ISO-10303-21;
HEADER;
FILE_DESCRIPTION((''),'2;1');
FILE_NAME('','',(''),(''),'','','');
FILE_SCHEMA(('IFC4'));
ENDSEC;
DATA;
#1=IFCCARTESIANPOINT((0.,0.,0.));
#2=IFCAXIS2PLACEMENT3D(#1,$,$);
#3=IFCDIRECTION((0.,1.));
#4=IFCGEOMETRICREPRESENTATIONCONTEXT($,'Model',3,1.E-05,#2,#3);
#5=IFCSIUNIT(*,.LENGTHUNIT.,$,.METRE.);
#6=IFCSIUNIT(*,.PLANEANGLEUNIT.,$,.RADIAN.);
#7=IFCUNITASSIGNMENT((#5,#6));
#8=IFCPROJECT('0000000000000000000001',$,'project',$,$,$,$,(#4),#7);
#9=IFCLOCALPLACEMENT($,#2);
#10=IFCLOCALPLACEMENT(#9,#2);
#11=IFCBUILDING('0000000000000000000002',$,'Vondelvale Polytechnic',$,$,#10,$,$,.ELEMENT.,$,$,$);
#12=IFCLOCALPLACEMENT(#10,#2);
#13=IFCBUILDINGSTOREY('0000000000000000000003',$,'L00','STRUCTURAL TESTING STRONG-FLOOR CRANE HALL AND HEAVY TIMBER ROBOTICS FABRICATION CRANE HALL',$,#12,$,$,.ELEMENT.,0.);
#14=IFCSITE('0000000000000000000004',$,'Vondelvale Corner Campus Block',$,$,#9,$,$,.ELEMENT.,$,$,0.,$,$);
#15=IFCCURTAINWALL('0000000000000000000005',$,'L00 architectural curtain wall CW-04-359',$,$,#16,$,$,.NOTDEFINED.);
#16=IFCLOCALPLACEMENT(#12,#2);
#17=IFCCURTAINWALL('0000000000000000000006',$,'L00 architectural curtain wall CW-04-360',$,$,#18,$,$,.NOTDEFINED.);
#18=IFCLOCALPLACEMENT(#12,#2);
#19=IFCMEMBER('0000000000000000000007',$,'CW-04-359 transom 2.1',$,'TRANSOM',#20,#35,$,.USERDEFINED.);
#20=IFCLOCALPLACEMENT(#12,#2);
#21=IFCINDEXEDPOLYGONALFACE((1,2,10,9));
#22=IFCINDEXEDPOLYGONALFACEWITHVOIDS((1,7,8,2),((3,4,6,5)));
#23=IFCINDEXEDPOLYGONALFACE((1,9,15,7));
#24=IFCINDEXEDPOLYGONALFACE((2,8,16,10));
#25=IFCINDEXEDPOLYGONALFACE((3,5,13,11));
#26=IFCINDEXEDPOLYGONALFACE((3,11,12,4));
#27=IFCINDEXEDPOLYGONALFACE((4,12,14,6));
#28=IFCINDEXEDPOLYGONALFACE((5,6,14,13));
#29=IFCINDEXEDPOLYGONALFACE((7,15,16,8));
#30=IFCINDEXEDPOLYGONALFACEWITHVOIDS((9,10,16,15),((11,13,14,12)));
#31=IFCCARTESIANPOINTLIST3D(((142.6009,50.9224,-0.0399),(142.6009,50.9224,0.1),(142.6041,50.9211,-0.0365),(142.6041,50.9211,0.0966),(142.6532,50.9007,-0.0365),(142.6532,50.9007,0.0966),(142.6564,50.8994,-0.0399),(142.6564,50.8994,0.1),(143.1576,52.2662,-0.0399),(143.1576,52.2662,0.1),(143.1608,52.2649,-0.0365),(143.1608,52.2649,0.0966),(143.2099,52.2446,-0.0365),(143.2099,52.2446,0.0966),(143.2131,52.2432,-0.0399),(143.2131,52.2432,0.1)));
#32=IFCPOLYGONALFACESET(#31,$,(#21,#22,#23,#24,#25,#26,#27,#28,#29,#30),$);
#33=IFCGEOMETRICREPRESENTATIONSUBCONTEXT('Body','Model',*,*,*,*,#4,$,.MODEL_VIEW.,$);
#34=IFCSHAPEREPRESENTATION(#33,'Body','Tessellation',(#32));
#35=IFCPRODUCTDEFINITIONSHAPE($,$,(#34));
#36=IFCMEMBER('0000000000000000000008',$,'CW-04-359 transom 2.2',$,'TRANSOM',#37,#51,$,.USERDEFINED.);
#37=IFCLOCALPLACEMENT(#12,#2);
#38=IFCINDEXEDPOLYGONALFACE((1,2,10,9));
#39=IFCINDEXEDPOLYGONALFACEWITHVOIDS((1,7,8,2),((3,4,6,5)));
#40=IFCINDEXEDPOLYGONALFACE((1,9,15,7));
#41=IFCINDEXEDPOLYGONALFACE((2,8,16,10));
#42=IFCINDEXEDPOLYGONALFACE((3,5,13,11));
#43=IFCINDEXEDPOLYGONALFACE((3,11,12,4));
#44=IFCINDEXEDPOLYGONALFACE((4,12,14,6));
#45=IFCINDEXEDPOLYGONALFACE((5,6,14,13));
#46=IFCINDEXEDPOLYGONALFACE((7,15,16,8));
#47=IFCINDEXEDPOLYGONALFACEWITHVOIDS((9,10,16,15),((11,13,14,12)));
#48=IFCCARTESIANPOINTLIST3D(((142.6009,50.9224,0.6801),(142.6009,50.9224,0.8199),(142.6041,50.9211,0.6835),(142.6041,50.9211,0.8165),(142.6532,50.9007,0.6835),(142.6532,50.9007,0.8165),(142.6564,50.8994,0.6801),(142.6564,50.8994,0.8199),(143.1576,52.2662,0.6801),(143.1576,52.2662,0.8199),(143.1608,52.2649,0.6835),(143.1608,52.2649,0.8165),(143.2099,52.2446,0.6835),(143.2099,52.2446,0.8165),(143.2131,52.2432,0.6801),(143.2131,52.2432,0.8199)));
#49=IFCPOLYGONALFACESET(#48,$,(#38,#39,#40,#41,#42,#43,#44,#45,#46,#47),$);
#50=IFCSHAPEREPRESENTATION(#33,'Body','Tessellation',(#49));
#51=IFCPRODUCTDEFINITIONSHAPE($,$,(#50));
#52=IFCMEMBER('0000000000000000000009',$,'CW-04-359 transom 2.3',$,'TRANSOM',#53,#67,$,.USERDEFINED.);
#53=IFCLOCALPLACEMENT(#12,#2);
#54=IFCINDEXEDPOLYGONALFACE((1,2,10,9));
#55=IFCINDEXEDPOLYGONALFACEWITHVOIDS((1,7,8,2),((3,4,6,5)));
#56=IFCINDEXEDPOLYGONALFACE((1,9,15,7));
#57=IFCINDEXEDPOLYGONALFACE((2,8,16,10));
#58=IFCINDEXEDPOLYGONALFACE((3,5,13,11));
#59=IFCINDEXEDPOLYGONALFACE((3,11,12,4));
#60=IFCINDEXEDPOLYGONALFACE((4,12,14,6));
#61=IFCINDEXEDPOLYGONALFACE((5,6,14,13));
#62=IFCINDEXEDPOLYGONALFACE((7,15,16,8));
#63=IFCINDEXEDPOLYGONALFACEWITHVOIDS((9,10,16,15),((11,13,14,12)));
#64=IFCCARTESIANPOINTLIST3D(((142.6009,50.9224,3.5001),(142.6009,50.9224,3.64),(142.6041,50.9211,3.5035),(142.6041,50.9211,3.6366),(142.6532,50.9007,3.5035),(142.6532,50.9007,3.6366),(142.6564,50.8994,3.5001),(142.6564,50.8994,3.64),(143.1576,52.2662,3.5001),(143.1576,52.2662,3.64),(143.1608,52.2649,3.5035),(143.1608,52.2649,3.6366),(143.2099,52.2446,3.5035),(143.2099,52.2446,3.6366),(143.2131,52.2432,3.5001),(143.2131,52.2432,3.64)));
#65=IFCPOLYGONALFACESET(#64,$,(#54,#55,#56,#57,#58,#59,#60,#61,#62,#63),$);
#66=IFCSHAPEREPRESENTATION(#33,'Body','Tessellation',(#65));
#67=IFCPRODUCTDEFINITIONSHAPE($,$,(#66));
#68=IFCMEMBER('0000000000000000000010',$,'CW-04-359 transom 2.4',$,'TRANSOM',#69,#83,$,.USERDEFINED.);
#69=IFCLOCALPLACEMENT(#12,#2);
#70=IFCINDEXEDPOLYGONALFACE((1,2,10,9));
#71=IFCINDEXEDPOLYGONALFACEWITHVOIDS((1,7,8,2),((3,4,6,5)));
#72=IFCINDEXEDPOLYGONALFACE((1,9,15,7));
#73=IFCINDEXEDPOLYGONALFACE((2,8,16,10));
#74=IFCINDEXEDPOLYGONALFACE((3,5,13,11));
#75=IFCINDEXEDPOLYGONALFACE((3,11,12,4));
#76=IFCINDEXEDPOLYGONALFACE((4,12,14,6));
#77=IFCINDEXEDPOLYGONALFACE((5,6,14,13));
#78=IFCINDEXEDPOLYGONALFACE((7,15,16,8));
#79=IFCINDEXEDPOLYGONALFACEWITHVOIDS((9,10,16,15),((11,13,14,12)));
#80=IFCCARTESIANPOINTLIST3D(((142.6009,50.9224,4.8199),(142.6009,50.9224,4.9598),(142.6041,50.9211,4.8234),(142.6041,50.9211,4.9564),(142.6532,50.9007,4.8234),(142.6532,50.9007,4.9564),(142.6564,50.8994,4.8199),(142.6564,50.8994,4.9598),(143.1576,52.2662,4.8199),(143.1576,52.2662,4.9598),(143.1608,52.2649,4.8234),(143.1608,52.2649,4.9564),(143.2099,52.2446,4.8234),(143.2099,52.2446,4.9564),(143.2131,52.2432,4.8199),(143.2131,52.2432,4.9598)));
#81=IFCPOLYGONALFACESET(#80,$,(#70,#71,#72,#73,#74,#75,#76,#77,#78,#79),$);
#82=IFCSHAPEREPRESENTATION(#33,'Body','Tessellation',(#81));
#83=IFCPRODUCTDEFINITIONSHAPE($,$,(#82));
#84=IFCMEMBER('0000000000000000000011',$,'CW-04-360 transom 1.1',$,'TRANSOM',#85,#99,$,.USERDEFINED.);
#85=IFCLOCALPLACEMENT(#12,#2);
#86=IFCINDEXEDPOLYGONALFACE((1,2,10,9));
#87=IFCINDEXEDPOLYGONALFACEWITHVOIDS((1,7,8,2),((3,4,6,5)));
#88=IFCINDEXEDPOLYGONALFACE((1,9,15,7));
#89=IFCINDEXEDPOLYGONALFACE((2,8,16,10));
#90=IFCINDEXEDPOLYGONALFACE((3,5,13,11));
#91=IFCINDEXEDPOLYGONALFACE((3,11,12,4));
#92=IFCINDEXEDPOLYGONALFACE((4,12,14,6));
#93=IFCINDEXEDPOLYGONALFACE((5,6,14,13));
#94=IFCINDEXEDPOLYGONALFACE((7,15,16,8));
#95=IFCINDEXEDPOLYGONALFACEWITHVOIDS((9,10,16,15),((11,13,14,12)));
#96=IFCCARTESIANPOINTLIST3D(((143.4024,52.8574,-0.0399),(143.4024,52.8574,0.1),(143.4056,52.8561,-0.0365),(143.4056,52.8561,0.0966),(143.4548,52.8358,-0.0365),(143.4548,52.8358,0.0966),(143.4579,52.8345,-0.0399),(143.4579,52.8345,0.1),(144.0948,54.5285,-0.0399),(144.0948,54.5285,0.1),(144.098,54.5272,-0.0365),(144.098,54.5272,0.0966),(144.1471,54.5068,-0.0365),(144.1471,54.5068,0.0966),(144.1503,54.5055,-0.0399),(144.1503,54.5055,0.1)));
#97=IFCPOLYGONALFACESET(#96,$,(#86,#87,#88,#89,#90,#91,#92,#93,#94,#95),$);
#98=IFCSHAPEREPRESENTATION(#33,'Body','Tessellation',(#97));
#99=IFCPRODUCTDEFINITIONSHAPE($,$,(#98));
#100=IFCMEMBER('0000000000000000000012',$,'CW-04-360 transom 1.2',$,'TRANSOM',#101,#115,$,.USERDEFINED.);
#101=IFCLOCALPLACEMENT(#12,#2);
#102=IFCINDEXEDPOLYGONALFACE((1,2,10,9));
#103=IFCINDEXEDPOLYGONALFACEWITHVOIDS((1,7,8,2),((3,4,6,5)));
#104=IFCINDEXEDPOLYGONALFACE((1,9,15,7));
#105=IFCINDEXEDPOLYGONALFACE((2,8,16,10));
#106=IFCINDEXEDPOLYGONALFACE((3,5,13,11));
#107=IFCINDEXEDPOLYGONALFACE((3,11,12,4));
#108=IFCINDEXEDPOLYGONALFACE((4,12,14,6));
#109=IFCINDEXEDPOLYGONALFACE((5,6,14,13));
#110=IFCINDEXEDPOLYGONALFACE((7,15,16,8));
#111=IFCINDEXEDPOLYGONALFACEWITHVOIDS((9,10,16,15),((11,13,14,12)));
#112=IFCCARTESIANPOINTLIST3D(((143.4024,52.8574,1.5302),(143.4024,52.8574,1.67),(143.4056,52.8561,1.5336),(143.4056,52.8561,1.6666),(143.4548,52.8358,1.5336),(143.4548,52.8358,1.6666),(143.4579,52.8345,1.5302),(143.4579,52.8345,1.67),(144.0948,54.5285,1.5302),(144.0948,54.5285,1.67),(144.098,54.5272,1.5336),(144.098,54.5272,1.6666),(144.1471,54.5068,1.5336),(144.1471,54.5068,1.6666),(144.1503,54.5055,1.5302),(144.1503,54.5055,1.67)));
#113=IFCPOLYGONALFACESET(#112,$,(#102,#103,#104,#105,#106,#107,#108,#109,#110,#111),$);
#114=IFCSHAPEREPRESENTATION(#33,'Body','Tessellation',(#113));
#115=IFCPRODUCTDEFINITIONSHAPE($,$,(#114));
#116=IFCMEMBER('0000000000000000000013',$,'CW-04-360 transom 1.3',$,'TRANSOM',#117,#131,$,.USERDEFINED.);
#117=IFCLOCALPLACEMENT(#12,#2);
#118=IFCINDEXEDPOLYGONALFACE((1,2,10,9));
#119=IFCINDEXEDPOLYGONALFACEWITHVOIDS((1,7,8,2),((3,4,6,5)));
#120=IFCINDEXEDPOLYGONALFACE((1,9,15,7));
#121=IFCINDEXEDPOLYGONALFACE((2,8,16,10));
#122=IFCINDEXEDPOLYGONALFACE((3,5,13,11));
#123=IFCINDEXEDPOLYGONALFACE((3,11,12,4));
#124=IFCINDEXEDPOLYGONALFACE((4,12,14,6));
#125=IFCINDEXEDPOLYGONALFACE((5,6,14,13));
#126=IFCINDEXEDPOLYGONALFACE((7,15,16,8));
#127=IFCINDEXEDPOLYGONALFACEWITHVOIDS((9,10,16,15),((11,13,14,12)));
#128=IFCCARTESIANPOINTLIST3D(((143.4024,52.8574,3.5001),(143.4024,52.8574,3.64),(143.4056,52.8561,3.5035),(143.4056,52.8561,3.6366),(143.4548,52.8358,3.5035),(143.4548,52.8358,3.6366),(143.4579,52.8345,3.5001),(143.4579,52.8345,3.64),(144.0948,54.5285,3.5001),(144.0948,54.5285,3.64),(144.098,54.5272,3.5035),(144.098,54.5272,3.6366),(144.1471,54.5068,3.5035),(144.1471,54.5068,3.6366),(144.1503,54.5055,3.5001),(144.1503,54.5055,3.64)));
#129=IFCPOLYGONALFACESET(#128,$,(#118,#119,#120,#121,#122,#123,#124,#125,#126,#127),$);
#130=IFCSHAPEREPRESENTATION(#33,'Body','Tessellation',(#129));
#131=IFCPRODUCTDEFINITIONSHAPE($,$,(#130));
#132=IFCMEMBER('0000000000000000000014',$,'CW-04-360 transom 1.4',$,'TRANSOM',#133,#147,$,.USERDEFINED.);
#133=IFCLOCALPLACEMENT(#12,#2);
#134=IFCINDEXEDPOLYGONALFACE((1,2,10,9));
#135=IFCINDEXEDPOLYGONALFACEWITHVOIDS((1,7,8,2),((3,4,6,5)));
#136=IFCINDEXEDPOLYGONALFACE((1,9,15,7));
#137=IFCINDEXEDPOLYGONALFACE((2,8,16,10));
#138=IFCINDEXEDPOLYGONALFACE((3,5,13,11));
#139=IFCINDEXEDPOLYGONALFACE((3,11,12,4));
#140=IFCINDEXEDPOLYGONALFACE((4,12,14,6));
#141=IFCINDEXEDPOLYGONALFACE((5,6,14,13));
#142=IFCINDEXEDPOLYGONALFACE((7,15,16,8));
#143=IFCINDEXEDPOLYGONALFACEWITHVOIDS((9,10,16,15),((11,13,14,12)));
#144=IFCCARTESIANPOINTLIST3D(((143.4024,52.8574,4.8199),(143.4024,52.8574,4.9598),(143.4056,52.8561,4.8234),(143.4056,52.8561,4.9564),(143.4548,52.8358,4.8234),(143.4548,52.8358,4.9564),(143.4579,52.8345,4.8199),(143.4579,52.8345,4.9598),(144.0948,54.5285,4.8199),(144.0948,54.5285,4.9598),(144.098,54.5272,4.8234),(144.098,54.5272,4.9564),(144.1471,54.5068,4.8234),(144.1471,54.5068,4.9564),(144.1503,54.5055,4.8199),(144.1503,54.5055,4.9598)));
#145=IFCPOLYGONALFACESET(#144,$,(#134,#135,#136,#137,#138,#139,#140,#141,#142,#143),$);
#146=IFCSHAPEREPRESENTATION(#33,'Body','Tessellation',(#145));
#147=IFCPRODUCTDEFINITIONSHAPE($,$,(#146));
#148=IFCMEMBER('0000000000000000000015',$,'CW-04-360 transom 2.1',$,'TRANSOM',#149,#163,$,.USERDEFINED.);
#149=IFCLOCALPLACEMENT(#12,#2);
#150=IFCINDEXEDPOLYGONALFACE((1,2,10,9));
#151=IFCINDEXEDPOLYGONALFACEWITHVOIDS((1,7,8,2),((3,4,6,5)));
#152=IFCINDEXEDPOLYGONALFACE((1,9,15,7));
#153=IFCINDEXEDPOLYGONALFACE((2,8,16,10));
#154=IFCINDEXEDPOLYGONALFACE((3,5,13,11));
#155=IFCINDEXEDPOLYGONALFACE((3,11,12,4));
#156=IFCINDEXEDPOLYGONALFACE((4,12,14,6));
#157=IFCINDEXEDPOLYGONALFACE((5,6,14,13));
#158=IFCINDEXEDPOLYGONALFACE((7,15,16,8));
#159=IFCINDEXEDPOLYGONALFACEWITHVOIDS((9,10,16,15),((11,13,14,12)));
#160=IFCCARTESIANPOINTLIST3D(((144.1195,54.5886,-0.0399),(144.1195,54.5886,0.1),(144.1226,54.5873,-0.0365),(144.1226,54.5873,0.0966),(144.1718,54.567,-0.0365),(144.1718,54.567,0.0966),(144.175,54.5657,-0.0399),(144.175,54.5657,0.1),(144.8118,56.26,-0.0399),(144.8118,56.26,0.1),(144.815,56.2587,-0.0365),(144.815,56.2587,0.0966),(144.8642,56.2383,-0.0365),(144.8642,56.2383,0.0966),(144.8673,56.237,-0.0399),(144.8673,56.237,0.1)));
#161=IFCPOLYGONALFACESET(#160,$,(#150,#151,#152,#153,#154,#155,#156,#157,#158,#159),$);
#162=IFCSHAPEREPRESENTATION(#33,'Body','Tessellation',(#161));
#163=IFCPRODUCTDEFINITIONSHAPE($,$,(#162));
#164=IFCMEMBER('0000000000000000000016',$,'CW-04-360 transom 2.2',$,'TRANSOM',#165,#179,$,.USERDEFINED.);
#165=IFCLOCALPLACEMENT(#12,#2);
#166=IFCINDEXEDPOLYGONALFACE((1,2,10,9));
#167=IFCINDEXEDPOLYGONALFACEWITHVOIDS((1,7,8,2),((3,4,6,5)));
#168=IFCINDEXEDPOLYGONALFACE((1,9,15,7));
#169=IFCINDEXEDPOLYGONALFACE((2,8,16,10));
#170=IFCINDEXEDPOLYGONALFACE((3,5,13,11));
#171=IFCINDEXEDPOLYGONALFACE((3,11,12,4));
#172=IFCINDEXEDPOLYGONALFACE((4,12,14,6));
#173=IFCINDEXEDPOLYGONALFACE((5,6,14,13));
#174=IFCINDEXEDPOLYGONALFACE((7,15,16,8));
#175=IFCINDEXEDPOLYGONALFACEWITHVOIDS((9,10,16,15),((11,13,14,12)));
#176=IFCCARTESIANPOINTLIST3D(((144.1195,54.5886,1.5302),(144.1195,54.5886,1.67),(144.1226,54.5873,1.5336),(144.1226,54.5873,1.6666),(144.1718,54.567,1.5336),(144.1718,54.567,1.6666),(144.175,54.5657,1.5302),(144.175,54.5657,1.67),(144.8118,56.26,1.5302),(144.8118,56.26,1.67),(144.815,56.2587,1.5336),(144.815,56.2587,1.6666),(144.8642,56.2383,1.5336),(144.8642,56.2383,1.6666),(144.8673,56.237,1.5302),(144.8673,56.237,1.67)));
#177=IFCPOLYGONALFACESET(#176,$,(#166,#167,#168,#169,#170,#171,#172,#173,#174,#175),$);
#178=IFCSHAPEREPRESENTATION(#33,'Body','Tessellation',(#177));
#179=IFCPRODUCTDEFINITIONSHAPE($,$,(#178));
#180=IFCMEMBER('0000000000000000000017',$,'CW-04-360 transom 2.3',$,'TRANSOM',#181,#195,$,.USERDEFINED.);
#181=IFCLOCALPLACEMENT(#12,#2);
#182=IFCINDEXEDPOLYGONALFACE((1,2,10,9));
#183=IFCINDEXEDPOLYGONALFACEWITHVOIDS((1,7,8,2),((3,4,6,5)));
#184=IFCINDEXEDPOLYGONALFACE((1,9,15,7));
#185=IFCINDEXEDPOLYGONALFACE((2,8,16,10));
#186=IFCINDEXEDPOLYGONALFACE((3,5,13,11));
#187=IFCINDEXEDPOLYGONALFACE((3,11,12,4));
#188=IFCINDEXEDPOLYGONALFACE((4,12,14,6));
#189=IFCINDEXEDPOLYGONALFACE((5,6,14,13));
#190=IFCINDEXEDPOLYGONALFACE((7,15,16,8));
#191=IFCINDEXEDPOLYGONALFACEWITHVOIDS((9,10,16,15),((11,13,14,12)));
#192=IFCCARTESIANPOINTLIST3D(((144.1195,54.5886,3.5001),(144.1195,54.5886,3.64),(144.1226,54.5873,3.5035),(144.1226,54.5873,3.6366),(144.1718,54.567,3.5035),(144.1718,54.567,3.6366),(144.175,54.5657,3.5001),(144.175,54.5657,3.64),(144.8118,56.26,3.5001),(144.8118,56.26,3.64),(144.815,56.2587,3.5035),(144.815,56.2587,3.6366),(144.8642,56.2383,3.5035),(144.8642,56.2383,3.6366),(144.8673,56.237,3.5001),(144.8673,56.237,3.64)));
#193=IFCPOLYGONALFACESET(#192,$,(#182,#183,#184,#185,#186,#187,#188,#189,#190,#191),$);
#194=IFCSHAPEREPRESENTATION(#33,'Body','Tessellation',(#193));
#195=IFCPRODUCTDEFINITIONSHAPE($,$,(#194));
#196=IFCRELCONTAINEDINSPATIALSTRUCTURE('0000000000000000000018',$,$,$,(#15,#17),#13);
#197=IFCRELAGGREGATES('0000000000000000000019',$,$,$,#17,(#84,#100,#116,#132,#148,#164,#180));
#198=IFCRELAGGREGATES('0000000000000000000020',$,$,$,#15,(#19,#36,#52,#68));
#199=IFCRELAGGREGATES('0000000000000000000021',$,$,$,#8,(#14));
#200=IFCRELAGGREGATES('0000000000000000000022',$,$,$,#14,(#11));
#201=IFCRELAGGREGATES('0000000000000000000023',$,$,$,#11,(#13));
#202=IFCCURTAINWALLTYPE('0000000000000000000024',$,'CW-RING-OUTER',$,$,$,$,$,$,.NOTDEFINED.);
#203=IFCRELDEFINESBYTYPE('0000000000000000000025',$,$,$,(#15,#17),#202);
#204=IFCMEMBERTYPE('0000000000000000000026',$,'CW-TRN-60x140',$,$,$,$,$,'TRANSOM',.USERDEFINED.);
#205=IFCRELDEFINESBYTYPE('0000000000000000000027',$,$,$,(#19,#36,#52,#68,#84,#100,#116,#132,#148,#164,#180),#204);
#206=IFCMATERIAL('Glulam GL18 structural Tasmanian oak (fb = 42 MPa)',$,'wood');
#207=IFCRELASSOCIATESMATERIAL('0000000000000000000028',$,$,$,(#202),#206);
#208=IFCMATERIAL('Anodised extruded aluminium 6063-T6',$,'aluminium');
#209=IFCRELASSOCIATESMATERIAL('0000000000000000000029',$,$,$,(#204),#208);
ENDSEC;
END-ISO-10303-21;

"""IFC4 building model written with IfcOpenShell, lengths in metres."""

from ifc_helpers import new_model, si_unit, direction, frame, origin, origin_2d, place, context, subcontext, project, spatial, hollow_rectangle, extrude, material, material_profile, profile_set, type_object, element, aggregate, save


model = new_model("IFC4")

# Units and contexts
model_context = context("Model", 3, precision=1e-05, world=origin(), true_north=direction((0.0, 1.0)))
body_context = subcontext(model_context, "Body", "Model", "MODEL_VIEW")
ifc_project = project(units=[si_unit("LENGTHUNIT", "METRE"), si_unit("PLANEANGLEUNIT", "RADIAN")], contexts=[model_context])

# Site, building, storey
site_placement = place(None, origin())
site = spatial("IfcSite", under=ifc_project, at=site_placement, Name="Vondelvale Corner Campus Block", CompositionType="ELEMENT", RefElevation=0.0)
building_placement = place(site_placement, origin())
building = spatial("IfcBuilding", under=site, at=building_placement, Name="Vondelvale Polytechnic", CompositionType="ELEMENT")
storey_placement = place(building_placement, origin())
storey = spatial("IfcBuildingStorey", under=building, at=storey_placement, Name="L00", Description="STRUCTURAL TESTING STRONG-FLOOR CRANE HALL AND HEAVY TIMBER ROBOTICS FABRICATION CRANE HALL", CompositionType="ELEMENT", Elevation=0.0)

# Shared definitions
ifc_material_1 = material(Name="Glulam GL18 structural Tasmanian oak (fb = 42 MPa)", Category="wood")

# Curtain walls
curtain_wall_type = type_object("IfcCurtainWallType", Name="CW-RING-OUTER", PredefinedType="NOTDEFINED", material=ifc_material_1)
curtain_wall_1_placement = place(storey_placement, origin())
curtain_wall_1 = element("IfcCurtainWall", 1, at=curtain_wall_1_placement, inside=storey, type_object=curtain_wall_type, Name="L00 architectural curtain wall CW-04-359", PredefinedType="NOTDEFINED")
ifc_material_2 = material(Name="Anodised extruded aluminium 6063-T6", Category="aluminium")
curtain_wall_2_placement = place(storey_placement, origin())
curtain_wall_2 = element("IfcCurtainWall", 2, at=curtain_wall_2_placement, inside=storey, type_object=curtain_wall_type, Name="L00 architectural curtain wall CW-04-360", PredefinedType="NOTDEFINED")

# Members
ifc_material_profile_1 = material_profile(ifc_material_2, hollow_rectangle(XDim=0.0601, YDim=0.1399, WallThickness=0.0034, at=origin_2d()), Name="CW-TRN-140x60")
ifc_profile_set_1 = profile_set([ifc_material_profile_1], Name="Anodised extruded aluminium 6063-T6")
member_type_1 = type_object("IfcMemberType", Name="CW-TRN-60x140", ElementType="TRANSOM", PredefinedType="USERDEFINED", material=ifc_profile_set_1)
member_1_placement = place(storey_placement, frame((142.6287, 50.9109, 0.03), z_axis=(0.382708, 0.92387, 0.0), x_axis=(-0.92387, 0.382708, 0.0)))
member_1 = element("IfcMember", 3, at=member_1_placement, type_object=member_type_1, Name="CW-04-359 transom 2.1", ObjectType="TRANSOM", PredefinedType="USERDEFINED", context=body_context, shape_type="SweptSolid", body=[
    extrude(hollow_rectangle(XDim=0.0601, YDim=0.1399, WallThickness=0.0034, at=origin_2d()), origin(), (0.0, 0.0, 1.0), 1.4546),
])
member_2_placement = place(storey_placement, frame((142.6287, 50.9109, 0.75), z_axis=(0.382708, 0.92387, 0.0), x_axis=(-0.92387, 0.382708, 0.0)))
member_2 = element("IfcMember", 4, at=member_2_placement, type_object=member_type_1, Name="CW-04-359 transom 2.2", ObjectType="TRANSOM", PredefinedType="USERDEFINED", context=body_context, shape_type="SweptSolid", body=[
    extrude(hollow_rectangle(XDim=0.0601, YDim=0.1399, WallThickness=0.0034, at=origin_2d()), origin(), (0.0, 0.0, 1.0), 1.4546),
])
member_3_placement = place(storey_placement, frame((142.6287, 50.9109, 3.5701), z_axis=(0.382708, 0.92387, 0.0), x_axis=(-0.92387, 0.382708, 0.0)))
member_3 = element("IfcMember", 5, at=member_3_placement, type_object=member_type_1, Name="CW-04-359 transom 2.3", ObjectType="TRANSOM", PredefinedType="USERDEFINED", context=body_context, shape_type="SweptSolid", body=[
    extrude(hollow_rectangle(XDim=0.0601, YDim=0.1399, WallThickness=0.0034, at=origin_2d()), origin(), (0.0, 0.0, 1.0), 1.4546),
])
member_4_placement = place(storey_placement, frame((142.6287, 50.9109, 4.8899), z_axis=(0.382708, 0.92387, 0.0), x_axis=(-0.92387, 0.382708, 0.0)))
member_4 = element("IfcMember", 6, at=member_4_placement, type_object=member_type_1, Name="CW-04-359 transom 2.4", ObjectType="TRANSOM", PredefinedType="USERDEFINED", context=body_context, shape_type="SweptSolid", body=[
    extrude(hollow_rectangle(XDim=0.0601, YDim=0.1399, WallThickness=0.0034, at=origin_2d()), origin(), (0.0, 0.0, 1.0), 1.4546),
])
member_5_placement = place(storey_placement, frame((143.4302, 52.8459, 0.03), z_axis=(0.382765, 0.923846, 0.0), x_axis=(-0.923846, 0.382765, 0.0)))
member_5 = element("IfcMember", 7, at=member_5_placement, type_object=member_type_1, Name="CW-04-360 transom 1.1", ObjectType="TRANSOM", PredefinedType="USERDEFINED", context=body_context, shape_type="SweptSolid", body=[
    extrude(hollow_rectangle(XDim=0.0601, YDim=0.1399, WallThickness=0.0034, at=origin_2d()), origin(), (0.0, 0.0, 1.0), 1.8088),
])
member_6_placement = place(storey_placement, frame((143.4302, 52.8459, 1.6001), z_axis=(0.382765, 0.923846, 0.0), x_axis=(-0.923846, 0.382765, 0.0)))
member_6 = element("IfcMember", 8, at=member_6_placement, type_object=member_type_1, Name="CW-04-360 transom 1.2", ObjectType="TRANSOM", PredefinedType="USERDEFINED", context=body_context, shape_type="SweptSolid", body=[
    extrude(hollow_rectangle(XDim=0.0601, YDim=0.1399, WallThickness=0.0034, at=origin_2d()), origin(), (0.0, 0.0, 1.0), 1.8088),
])
member_7_placement = place(storey_placement, frame((143.4302, 52.8459, 3.5701), z_axis=(0.382765, 0.923846, 0.0), x_axis=(-0.923846, 0.382765, 0.0)))
member_7 = element("IfcMember", 9, at=member_7_placement, type_object=member_type_1, Name="CW-04-360 transom 1.3", ObjectType="TRANSOM", PredefinedType="USERDEFINED", context=body_context, shape_type="SweptSolid", body=[
    extrude(hollow_rectangle(XDim=0.0601, YDim=0.1399, WallThickness=0.0034, at=origin_2d()), origin(), (0.0, 0.0, 1.0), 1.8088),
])
member_8_placement = place(storey_placement, frame((143.4302, 52.8459, 4.8899), z_axis=(0.382765, 0.923846, 0.0), x_axis=(-0.923846, 0.382765, 0.0)))
member_8 = element("IfcMember", 10, at=member_8_placement, type_object=member_type_1, Name="CW-04-360 transom 1.4", ObjectType="TRANSOM", PredefinedType="USERDEFINED", context=body_context, shape_type="SweptSolid", body=[
    extrude(hollow_rectangle(XDim=0.0601, YDim=0.1399, WallThickness=0.0034, at=origin_2d()), origin(), (0.0, 0.0, 1.0), 1.8088),
])
member_9_placement = place(storey_placement, frame((144.1472, 54.5771, 0.03), z_axis=(0.382717, 0.923866, 0.0), x_axis=(-0.923866, 0.382717, 0.0)))
member_9 = element("IfcMember", 11, at=member_9_placement, type_object=member_type_1, Name="CW-04-360 transom 2.1", ObjectType="TRANSOM", PredefinedType="USERDEFINED", context=body_context, shape_type="SweptSolid", body=[
    extrude(hollow_rectangle(XDim=0.0601, YDim=0.1399, WallThickness=0.0034, at=origin_2d()), origin(), (0.0, 0.0, 1.0), 1.8091),
])
member_10_placement = place(storey_placement, frame((144.1472, 54.5771, 1.6001), z_axis=(0.382717, 0.923866, 0.0), x_axis=(-0.923866, 0.382717, 0.0)))
member_10 = element("IfcMember", 12, at=member_10_placement, type_object=member_type_1, Name="CW-04-360 transom 2.2", ObjectType="TRANSOM", PredefinedType="USERDEFINED", context=body_context, shape_type="SweptSolid", body=[
    extrude(hollow_rectangle(XDim=0.0601, YDim=0.1399, WallThickness=0.0034, at=origin_2d()), origin(), (0.0, 0.0, 1.0), 1.8091),
])
member_11_placement = place(storey_placement, frame((144.1472, 54.5771, 3.5701), z_axis=(0.382717, 0.923866, 0.0), x_axis=(-0.923866, 0.382717, 0.0)))
member_11 = element("IfcMember", 13, at=member_11_placement, type_object=member_type_1, Name="CW-04-360 transom 2.3", ObjectType="TRANSOM", PredefinedType="USERDEFINED", context=body_context, shape_type="SweptSolid", body=[
    extrude(hollow_rectangle(XDim=0.0601, YDim=0.1399, WallThickness=0.0034, at=origin_2d()), origin(), (0.0, 0.0, 1.0), 1.8091),
])

aggregate(curtain_wall_2, [member_5, member_6, member_7, member_8, member_9, member_10, member_11])
aggregate(curtain_wall_1, [member_1, member_2, member_3, member_4])

save(model, "model.ifc")
